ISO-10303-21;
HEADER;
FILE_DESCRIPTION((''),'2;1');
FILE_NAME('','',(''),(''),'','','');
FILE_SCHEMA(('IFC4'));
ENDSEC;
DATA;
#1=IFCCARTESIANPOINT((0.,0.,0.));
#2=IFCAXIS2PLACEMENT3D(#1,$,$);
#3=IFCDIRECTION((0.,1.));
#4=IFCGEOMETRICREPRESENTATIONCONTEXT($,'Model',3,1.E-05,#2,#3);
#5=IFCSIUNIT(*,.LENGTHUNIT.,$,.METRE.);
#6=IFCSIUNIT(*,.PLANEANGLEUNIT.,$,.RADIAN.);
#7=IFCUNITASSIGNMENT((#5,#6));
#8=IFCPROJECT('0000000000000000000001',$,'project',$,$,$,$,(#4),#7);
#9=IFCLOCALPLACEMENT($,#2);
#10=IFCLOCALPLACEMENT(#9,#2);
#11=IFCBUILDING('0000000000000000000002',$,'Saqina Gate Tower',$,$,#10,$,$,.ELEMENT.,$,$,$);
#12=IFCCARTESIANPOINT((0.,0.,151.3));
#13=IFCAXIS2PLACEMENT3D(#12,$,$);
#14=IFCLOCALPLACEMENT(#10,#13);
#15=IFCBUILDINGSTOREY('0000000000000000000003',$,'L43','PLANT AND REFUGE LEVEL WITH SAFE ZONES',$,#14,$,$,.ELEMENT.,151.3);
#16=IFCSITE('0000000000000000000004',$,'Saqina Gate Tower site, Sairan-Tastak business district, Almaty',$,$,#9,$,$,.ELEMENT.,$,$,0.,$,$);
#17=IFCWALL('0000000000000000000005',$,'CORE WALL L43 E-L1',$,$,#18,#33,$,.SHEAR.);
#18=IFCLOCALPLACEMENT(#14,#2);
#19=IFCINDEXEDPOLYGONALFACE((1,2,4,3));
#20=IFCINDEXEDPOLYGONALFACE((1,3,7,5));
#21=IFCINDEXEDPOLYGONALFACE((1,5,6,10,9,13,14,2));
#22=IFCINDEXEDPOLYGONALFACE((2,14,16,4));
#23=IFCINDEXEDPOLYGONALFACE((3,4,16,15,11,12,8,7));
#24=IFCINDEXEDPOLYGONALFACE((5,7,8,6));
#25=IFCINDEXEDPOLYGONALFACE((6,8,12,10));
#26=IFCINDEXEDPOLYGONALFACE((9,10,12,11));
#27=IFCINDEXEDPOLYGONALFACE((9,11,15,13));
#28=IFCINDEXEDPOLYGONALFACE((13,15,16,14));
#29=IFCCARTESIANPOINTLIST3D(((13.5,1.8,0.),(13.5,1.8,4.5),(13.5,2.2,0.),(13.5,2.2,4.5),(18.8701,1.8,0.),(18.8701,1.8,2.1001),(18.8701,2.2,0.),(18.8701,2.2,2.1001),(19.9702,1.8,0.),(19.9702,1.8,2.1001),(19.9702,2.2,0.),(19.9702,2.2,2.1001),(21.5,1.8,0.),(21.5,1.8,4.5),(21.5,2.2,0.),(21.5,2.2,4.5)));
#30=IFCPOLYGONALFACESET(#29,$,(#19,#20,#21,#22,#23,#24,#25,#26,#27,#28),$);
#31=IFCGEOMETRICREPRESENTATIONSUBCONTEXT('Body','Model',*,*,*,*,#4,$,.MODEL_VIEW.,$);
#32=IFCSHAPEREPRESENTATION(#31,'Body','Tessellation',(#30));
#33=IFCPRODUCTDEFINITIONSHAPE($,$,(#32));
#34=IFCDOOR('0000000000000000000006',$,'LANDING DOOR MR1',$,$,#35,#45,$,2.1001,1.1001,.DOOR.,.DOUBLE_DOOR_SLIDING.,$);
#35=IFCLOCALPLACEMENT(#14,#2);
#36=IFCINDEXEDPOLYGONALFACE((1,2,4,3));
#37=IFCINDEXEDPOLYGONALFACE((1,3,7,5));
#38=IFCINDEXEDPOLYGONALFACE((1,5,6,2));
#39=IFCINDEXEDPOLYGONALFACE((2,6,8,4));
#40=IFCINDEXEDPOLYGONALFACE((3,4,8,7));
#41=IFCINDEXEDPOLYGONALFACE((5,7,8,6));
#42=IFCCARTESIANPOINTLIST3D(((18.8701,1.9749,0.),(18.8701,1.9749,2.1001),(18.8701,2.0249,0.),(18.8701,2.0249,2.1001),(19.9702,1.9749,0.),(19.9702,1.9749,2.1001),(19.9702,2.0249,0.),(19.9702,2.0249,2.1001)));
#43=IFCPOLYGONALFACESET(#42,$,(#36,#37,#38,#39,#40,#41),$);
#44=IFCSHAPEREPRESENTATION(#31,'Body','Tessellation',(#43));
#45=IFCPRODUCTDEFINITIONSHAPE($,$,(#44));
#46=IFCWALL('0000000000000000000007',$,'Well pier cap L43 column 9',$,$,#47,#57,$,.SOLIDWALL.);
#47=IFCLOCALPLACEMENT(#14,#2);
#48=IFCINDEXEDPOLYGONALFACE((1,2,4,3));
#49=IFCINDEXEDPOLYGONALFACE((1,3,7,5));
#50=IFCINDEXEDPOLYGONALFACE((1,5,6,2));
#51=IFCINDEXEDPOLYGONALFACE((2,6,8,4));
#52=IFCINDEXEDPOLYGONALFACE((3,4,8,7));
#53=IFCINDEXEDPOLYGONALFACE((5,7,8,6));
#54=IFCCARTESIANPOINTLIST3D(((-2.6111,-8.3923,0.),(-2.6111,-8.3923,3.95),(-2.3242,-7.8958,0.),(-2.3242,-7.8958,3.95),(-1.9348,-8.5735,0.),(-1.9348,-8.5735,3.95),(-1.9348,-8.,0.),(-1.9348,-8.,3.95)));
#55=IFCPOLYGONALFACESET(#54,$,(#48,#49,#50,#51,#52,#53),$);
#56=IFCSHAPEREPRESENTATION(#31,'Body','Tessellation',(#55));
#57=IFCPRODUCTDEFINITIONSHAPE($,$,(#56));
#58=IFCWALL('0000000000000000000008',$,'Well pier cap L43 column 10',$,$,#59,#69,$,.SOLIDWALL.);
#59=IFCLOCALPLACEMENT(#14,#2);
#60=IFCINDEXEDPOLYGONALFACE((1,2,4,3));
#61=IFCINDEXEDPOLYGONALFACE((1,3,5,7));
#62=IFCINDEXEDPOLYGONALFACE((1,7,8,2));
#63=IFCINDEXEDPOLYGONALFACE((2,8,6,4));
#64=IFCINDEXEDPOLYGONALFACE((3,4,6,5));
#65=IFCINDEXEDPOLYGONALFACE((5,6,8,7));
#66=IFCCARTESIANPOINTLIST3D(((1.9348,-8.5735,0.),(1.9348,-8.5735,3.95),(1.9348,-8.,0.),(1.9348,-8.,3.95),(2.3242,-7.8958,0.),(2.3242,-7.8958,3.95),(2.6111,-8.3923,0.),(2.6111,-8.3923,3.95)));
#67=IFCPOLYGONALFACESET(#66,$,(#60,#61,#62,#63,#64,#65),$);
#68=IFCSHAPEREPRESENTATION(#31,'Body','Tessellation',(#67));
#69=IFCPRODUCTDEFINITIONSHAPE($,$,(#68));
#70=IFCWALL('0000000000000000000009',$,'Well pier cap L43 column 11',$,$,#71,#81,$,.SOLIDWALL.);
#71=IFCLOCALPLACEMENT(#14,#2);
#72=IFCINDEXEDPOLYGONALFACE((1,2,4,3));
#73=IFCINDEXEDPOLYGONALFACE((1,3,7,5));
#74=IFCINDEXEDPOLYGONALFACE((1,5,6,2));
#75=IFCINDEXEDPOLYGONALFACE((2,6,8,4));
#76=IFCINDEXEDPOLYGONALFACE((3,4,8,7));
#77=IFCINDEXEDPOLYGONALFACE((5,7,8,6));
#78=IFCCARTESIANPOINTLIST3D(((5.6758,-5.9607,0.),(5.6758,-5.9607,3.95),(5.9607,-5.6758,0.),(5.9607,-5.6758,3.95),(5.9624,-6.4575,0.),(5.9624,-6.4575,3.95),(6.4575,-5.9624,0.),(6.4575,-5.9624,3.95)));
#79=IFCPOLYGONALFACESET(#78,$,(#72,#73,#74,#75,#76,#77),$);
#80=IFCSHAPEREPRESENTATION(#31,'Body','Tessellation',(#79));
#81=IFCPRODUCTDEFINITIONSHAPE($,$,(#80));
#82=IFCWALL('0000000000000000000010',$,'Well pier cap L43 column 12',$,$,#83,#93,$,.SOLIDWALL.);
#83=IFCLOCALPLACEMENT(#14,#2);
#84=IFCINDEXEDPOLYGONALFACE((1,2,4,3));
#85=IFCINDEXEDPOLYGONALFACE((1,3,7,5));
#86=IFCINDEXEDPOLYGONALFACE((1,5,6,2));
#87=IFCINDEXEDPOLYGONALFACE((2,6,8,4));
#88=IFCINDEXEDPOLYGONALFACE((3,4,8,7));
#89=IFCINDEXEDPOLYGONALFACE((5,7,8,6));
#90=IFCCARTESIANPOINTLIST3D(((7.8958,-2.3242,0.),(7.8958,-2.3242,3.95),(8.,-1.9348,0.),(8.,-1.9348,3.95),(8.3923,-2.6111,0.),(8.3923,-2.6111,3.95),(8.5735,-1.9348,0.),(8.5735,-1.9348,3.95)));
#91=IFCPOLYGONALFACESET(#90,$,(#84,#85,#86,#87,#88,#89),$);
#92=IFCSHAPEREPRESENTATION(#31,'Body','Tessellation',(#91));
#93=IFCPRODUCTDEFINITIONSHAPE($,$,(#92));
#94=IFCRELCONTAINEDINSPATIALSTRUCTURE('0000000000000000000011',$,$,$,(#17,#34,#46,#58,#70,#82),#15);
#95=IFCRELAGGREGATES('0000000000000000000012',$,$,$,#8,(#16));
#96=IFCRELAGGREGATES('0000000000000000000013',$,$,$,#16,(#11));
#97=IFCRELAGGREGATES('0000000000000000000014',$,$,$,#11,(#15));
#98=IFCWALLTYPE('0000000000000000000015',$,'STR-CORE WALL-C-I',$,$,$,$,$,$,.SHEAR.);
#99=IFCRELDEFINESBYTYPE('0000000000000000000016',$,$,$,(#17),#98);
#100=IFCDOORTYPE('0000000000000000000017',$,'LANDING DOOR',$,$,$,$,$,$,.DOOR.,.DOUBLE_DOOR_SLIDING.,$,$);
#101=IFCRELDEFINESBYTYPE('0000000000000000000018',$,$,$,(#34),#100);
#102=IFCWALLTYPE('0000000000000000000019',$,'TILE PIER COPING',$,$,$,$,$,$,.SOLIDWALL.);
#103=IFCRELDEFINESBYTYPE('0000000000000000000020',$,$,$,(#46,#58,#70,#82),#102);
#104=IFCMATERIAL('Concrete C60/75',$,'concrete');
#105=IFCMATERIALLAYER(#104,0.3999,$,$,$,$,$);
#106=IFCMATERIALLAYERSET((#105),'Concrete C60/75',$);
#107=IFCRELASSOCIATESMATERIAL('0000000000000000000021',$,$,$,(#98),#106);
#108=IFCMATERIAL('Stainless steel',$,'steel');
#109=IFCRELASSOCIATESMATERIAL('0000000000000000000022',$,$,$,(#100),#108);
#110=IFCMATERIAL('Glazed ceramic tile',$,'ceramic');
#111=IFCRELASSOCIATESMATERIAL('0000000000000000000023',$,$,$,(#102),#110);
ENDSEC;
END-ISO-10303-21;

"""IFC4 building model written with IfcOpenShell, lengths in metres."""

from ifc_helpers import new_model, si_unit, direction, frame, frame_2d, origin, place, context, subcontext, project, spatial, polyline, rectangle, outline, extrude, material, layer, layer_set, type_object, element, fill, save


model = new_model("IFC4")

# Units and contexts
model_context = context("Model", 3, precision=1e-05, world=origin(), true_north=direction((0.0, 1.0)))
body_context = subcontext(model_context, "Body", "Model", "MODEL_VIEW")
ifc_project = project(units=[si_unit("LENGTHUNIT", "METRE"), si_unit("PLANEANGLEUNIT", "RADIAN")], contexts=[model_context])

# Site, building, storey
site_placement = place(None, origin())
site = spatial("IfcSite", under=ifc_project, at=site_placement, Name="Saqina Gate Tower site, Sairan-Tastak business district, Almaty", CompositionType="ELEMENT", RefElevation=0.0)
building_placement = place(site_placement, origin())
building = spatial("IfcBuilding", under=site, at=building_placement, Name="Saqina Gate Tower", CompositionType="ELEMENT")
storey_placement = place(building_placement, frame((0.0, 0.0, 151.3)))
storey = spatial("IfcBuildingStorey", under=building, at=storey_placement, Name="L43", Description="PLANT AND REFUGE LEVEL WITH SAFE ZONES", CompositionType="ELEMENT", Elevation=151.3)

# Shared definitions
ifc_material_1 = material(Name="Concrete C60/75", Category="concrete")
ifc_layer_1 = layer(ifc_material_1, 0.3999)
ifc_layer_set_1 = layer_set([ifc_layer_1], Name="Concrete C60/75")
wall_type_1 = type_object("IfcWallType", Name="STR-CORE WALL-C-I", PredefinedType="SHEAR", material=ifc_layer_set_1)

# Wall, opening, door
wall_1_placement = place(storey_placement, frame((13.5, 2.0, 0.0), z_axis=(0.0, 0.0, 1.0), x_axis=(1.0, 0.0, 0.0)))
wall_1 = element("IfcWall", 1, at=wall_1_placement, inside=storey, type_object=wall_type_1, Name="CORE WALL L43 E-L1", PredefinedType="SHEAR", context=body_context, shape_type="SweptSolid", body=[
    extrude(rectangle(XDim=8.0, YDim=0.3999, at=frame_2d((4.0, 0.0))), origin(), (0.0, 0.0, 1.0), 4.5),
])
opening_1_placement = place(wall_1_placement, frame((5.3701, 0.0, 0.0)))
opening_1 = element("IfcOpeningElement", 2, at=opening_1_placement, cuts=wall_1, PredefinedType="OPENING", context=body_context, shape_type="SweptSolid", body=[
    extrude(rectangle(XDim=1.1001, YDim=2.1001, at=frame_2d((0.55, 1.05))), frame((0.0, 0.2119, 0.0), z_axis=(0.0, -1.0, 0.0), x_axis=(1.0, 0.0, 0.0)), (0.0, 0.0, 1.0), 0.4238),
])
ifc_material_2 = material(Name="Stainless steel", Category="steel")
door_type = type_object("IfcDoorType", Name="LANDING DOOR", OperationType="DOUBLE_DOOR_SLIDING", PredefinedType="DOOR", material=ifc_material_2)
door_placement = place(opening_1_placement, origin())
door = element("IfcDoor", 3, at=door_placement, inside=storey, type_object=door_type, Name="LANDING DOOR MR1", OperationType="DOUBLE_DOOR_SLIDING", OverallHeight=2.1001, OverallWidth=1.1001, PredefinedType="DOOR", context=body_context, shape_type="SweptSolid", body=[
    extrude(rectangle(XDim=1.1001, YDim=2.1001, at=frame_2d((0.55, 1.05))), frame((0.0, 0.0249, 0.0), z_axis=(0.0, -1.0, 0.0), x_axis=(1.0, 0.0, 0.0)), (0.0, 0.0, 1.0), 0.05),
])
fill(opening_1, door)

# Walls
ifc_material_3 = material(Name="Glazed ceramic tile", Category="ceramic")
wall_type_2 = type_object("IfcWallType", Name="TILE PIER COPING", PredefinedType="SOLIDWALL", material=ifc_material_3)
wall_2_placement = place(storey_placement, origin())
element("IfcWall", 4, at=wall_2_placement, inside=storey, type_object=wall_type_2, Name="Well pier cap L43 column 9", PredefinedType="SOLIDWALL", context=body_context, shape_type="SweptSolid", body=[
    extrude(outline(polyline([(-1.9348, -8.5735), (-1.9348, -8.0), (-2.3242, -7.8958), (-2.6111, -8.3923), (-1.9348, -8.5735)])), origin(), (0.0, 0.0, 1.0), 3.95),
])
wall_3_placement = place(storey_placement, origin())
element("IfcWall", 5, at=wall_3_placement, inside=storey, type_object=wall_type_2, Name="Well pier cap L43 column 10", PredefinedType="SOLIDWALL", context=body_context, shape_type="SweptSolid", body=[
    extrude(outline(polyline([(2.6111, -8.3923), (2.3242, -7.8958), (1.9348, -8.0), (1.9348, -8.5735), (2.6111, -8.3923)])), origin(), (0.0, 0.0, 1.0), 3.95),
])
wall_4_placement = place(storey_placement, origin())
element("IfcWall", 6, at=wall_4_placement, inside=storey, type_object=wall_type_2, Name="Well pier cap L43 column 11", PredefinedType="SOLIDWALL", context=body_context, shape_type="SweptSolid", body=[
    extrude(outline(polyline([(5.9624, -6.4575), (6.4575, -5.9624), (5.9607, -5.6758), (5.6758, -5.9607), (5.9624, -6.4575)])), origin(), (0.0, 0.0, 1.0), 3.95),
])
wall_5_placement = place(storey_placement, origin())
element("IfcWall", 7, at=wall_5_placement, inside=storey, type_object=wall_type_2, Name="Well pier cap L43 column 12", PredefinedType="SOLIDWALL", context=body_context, shape_type="SweptSolid", body=[
    extrude(outline(polyline([(8.5735, -1.9348), (8.0, -1.9348), (7.8958, -2.3242), (8.3923, -2.6111), (8.5735, -1.9348)])), origin(), (0.0, 0.0, 1.0), 3.95),
])

save(model, "model.ifc")
